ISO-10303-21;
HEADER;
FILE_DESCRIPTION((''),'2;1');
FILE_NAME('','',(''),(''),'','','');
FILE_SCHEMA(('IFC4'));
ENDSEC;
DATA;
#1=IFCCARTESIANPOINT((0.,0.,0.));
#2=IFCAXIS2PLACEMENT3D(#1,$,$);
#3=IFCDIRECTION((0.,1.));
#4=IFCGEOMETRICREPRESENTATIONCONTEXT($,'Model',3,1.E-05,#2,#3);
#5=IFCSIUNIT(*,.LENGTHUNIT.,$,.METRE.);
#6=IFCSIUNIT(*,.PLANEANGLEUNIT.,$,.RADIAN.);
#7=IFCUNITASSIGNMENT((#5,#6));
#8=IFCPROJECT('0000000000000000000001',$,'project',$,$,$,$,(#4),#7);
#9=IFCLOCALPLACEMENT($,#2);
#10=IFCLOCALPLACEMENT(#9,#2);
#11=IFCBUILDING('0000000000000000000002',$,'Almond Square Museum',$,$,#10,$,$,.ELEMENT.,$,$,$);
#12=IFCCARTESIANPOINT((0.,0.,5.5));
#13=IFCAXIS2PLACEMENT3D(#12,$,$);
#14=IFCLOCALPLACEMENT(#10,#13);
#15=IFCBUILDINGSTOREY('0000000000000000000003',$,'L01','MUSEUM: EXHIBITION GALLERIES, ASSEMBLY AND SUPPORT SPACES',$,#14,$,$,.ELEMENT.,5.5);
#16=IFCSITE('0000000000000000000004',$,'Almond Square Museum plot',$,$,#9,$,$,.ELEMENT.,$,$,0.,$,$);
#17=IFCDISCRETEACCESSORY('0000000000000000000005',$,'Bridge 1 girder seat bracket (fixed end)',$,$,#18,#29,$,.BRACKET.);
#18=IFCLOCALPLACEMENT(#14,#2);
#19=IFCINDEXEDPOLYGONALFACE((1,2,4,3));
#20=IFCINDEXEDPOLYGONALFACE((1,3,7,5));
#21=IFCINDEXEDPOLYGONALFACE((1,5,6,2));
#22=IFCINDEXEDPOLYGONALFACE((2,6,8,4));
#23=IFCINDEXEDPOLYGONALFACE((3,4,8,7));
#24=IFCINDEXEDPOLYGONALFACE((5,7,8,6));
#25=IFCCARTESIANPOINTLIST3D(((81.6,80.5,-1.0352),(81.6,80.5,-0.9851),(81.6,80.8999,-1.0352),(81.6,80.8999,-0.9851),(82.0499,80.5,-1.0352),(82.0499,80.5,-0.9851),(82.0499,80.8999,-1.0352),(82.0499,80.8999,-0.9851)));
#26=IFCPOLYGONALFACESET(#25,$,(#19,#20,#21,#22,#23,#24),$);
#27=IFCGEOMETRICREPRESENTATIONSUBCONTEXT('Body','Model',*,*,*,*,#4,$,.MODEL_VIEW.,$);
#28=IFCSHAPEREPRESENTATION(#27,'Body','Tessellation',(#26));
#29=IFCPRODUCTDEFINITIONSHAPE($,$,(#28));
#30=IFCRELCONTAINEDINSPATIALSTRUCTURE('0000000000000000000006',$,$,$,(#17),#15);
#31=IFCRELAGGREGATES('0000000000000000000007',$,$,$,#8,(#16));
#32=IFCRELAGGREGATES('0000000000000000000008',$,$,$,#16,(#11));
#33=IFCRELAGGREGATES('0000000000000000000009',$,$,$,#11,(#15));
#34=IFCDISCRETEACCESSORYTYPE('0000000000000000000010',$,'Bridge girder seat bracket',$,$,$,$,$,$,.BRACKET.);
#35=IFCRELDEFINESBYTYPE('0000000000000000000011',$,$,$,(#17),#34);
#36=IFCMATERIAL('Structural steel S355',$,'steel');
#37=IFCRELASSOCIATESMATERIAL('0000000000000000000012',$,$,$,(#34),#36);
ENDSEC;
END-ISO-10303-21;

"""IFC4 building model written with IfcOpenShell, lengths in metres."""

from ifc_helpers import new_model, si_unit, direction, frame, origin, origin_2d, place, context, subcontext, project, spatial, rectangle, extrude, material, type_object, element, save


model = new_model("IFC4")

# Units and contexts
model_context = context("Model", 3, precision=1e-05, world=origin(), true_north=direction((0.0, 1.0)))
body_context = subcontext(model_context, "Body", "Model", "MODEL_VIEW")
ifc_project = project(units=[si_unit("LENGTHUNIT", "METRE"), si_unit("PLANEANGLEUNIT", "RADIAN")], contexts=[model_context])

# Site, building, storey
site_placement = place(None, origin())
site = spatial("IfcSite", under=ifc_project, at=site_placement, Name="Almond Square Museum plot", CompositionType="ELEMENT", RefElevation=0.0)
building_placement = place(site_placement, origin())
building = spatial("IfcBuilding", under=site, at=building_placement, Name="Almond Square Museum", CompositionType="ELEMENT")
storey_placement = place(building_placement, frame((0.0, 0.0, 5.5)))
storey = spatial("IfcBuildingStorey", under=building, at=storey_placement, Name="L01", Description="MUSEUM: EXHIBITION GALLERIES, ASSEMBLY AND SUPPORT SPACES", CompositionType="ELEMENT", Elevation=5.5)

# Discrete accessory
ifc_material_1 = material(Name="Structural steel S355", Category="steel")
discrete_accessory_type = type_object("IfcDiscreteAccessoryType", Name="Bridge girder seat bracket", PredefinedType="BRACKET", material=ifc_material_1)
discrete_accessory_placement = place(storey_placement, frame((81.825, 80.7, -1.0352), z_axis=(0.0, 0.0, 1.0), x_axis=(1.0, 0.0, 0.0)))
element("IfcDiscreteAccessory", 1, at=discrete_accessory_placement, inside=storey, type_object=discrete_accessory_type, Name="Bridge 1 girder seat bracket (fixed end)", PredefinedType="BRACKET", context=body_context, shape_type="SweptSolid", body=[
    extrude(rectangle(XDim=0.45, YDim=0.3999, at=origin_2d()), origin(), (0.0, 0.0, 1.0), 0.05),
])

save(model, "model.ifc")
